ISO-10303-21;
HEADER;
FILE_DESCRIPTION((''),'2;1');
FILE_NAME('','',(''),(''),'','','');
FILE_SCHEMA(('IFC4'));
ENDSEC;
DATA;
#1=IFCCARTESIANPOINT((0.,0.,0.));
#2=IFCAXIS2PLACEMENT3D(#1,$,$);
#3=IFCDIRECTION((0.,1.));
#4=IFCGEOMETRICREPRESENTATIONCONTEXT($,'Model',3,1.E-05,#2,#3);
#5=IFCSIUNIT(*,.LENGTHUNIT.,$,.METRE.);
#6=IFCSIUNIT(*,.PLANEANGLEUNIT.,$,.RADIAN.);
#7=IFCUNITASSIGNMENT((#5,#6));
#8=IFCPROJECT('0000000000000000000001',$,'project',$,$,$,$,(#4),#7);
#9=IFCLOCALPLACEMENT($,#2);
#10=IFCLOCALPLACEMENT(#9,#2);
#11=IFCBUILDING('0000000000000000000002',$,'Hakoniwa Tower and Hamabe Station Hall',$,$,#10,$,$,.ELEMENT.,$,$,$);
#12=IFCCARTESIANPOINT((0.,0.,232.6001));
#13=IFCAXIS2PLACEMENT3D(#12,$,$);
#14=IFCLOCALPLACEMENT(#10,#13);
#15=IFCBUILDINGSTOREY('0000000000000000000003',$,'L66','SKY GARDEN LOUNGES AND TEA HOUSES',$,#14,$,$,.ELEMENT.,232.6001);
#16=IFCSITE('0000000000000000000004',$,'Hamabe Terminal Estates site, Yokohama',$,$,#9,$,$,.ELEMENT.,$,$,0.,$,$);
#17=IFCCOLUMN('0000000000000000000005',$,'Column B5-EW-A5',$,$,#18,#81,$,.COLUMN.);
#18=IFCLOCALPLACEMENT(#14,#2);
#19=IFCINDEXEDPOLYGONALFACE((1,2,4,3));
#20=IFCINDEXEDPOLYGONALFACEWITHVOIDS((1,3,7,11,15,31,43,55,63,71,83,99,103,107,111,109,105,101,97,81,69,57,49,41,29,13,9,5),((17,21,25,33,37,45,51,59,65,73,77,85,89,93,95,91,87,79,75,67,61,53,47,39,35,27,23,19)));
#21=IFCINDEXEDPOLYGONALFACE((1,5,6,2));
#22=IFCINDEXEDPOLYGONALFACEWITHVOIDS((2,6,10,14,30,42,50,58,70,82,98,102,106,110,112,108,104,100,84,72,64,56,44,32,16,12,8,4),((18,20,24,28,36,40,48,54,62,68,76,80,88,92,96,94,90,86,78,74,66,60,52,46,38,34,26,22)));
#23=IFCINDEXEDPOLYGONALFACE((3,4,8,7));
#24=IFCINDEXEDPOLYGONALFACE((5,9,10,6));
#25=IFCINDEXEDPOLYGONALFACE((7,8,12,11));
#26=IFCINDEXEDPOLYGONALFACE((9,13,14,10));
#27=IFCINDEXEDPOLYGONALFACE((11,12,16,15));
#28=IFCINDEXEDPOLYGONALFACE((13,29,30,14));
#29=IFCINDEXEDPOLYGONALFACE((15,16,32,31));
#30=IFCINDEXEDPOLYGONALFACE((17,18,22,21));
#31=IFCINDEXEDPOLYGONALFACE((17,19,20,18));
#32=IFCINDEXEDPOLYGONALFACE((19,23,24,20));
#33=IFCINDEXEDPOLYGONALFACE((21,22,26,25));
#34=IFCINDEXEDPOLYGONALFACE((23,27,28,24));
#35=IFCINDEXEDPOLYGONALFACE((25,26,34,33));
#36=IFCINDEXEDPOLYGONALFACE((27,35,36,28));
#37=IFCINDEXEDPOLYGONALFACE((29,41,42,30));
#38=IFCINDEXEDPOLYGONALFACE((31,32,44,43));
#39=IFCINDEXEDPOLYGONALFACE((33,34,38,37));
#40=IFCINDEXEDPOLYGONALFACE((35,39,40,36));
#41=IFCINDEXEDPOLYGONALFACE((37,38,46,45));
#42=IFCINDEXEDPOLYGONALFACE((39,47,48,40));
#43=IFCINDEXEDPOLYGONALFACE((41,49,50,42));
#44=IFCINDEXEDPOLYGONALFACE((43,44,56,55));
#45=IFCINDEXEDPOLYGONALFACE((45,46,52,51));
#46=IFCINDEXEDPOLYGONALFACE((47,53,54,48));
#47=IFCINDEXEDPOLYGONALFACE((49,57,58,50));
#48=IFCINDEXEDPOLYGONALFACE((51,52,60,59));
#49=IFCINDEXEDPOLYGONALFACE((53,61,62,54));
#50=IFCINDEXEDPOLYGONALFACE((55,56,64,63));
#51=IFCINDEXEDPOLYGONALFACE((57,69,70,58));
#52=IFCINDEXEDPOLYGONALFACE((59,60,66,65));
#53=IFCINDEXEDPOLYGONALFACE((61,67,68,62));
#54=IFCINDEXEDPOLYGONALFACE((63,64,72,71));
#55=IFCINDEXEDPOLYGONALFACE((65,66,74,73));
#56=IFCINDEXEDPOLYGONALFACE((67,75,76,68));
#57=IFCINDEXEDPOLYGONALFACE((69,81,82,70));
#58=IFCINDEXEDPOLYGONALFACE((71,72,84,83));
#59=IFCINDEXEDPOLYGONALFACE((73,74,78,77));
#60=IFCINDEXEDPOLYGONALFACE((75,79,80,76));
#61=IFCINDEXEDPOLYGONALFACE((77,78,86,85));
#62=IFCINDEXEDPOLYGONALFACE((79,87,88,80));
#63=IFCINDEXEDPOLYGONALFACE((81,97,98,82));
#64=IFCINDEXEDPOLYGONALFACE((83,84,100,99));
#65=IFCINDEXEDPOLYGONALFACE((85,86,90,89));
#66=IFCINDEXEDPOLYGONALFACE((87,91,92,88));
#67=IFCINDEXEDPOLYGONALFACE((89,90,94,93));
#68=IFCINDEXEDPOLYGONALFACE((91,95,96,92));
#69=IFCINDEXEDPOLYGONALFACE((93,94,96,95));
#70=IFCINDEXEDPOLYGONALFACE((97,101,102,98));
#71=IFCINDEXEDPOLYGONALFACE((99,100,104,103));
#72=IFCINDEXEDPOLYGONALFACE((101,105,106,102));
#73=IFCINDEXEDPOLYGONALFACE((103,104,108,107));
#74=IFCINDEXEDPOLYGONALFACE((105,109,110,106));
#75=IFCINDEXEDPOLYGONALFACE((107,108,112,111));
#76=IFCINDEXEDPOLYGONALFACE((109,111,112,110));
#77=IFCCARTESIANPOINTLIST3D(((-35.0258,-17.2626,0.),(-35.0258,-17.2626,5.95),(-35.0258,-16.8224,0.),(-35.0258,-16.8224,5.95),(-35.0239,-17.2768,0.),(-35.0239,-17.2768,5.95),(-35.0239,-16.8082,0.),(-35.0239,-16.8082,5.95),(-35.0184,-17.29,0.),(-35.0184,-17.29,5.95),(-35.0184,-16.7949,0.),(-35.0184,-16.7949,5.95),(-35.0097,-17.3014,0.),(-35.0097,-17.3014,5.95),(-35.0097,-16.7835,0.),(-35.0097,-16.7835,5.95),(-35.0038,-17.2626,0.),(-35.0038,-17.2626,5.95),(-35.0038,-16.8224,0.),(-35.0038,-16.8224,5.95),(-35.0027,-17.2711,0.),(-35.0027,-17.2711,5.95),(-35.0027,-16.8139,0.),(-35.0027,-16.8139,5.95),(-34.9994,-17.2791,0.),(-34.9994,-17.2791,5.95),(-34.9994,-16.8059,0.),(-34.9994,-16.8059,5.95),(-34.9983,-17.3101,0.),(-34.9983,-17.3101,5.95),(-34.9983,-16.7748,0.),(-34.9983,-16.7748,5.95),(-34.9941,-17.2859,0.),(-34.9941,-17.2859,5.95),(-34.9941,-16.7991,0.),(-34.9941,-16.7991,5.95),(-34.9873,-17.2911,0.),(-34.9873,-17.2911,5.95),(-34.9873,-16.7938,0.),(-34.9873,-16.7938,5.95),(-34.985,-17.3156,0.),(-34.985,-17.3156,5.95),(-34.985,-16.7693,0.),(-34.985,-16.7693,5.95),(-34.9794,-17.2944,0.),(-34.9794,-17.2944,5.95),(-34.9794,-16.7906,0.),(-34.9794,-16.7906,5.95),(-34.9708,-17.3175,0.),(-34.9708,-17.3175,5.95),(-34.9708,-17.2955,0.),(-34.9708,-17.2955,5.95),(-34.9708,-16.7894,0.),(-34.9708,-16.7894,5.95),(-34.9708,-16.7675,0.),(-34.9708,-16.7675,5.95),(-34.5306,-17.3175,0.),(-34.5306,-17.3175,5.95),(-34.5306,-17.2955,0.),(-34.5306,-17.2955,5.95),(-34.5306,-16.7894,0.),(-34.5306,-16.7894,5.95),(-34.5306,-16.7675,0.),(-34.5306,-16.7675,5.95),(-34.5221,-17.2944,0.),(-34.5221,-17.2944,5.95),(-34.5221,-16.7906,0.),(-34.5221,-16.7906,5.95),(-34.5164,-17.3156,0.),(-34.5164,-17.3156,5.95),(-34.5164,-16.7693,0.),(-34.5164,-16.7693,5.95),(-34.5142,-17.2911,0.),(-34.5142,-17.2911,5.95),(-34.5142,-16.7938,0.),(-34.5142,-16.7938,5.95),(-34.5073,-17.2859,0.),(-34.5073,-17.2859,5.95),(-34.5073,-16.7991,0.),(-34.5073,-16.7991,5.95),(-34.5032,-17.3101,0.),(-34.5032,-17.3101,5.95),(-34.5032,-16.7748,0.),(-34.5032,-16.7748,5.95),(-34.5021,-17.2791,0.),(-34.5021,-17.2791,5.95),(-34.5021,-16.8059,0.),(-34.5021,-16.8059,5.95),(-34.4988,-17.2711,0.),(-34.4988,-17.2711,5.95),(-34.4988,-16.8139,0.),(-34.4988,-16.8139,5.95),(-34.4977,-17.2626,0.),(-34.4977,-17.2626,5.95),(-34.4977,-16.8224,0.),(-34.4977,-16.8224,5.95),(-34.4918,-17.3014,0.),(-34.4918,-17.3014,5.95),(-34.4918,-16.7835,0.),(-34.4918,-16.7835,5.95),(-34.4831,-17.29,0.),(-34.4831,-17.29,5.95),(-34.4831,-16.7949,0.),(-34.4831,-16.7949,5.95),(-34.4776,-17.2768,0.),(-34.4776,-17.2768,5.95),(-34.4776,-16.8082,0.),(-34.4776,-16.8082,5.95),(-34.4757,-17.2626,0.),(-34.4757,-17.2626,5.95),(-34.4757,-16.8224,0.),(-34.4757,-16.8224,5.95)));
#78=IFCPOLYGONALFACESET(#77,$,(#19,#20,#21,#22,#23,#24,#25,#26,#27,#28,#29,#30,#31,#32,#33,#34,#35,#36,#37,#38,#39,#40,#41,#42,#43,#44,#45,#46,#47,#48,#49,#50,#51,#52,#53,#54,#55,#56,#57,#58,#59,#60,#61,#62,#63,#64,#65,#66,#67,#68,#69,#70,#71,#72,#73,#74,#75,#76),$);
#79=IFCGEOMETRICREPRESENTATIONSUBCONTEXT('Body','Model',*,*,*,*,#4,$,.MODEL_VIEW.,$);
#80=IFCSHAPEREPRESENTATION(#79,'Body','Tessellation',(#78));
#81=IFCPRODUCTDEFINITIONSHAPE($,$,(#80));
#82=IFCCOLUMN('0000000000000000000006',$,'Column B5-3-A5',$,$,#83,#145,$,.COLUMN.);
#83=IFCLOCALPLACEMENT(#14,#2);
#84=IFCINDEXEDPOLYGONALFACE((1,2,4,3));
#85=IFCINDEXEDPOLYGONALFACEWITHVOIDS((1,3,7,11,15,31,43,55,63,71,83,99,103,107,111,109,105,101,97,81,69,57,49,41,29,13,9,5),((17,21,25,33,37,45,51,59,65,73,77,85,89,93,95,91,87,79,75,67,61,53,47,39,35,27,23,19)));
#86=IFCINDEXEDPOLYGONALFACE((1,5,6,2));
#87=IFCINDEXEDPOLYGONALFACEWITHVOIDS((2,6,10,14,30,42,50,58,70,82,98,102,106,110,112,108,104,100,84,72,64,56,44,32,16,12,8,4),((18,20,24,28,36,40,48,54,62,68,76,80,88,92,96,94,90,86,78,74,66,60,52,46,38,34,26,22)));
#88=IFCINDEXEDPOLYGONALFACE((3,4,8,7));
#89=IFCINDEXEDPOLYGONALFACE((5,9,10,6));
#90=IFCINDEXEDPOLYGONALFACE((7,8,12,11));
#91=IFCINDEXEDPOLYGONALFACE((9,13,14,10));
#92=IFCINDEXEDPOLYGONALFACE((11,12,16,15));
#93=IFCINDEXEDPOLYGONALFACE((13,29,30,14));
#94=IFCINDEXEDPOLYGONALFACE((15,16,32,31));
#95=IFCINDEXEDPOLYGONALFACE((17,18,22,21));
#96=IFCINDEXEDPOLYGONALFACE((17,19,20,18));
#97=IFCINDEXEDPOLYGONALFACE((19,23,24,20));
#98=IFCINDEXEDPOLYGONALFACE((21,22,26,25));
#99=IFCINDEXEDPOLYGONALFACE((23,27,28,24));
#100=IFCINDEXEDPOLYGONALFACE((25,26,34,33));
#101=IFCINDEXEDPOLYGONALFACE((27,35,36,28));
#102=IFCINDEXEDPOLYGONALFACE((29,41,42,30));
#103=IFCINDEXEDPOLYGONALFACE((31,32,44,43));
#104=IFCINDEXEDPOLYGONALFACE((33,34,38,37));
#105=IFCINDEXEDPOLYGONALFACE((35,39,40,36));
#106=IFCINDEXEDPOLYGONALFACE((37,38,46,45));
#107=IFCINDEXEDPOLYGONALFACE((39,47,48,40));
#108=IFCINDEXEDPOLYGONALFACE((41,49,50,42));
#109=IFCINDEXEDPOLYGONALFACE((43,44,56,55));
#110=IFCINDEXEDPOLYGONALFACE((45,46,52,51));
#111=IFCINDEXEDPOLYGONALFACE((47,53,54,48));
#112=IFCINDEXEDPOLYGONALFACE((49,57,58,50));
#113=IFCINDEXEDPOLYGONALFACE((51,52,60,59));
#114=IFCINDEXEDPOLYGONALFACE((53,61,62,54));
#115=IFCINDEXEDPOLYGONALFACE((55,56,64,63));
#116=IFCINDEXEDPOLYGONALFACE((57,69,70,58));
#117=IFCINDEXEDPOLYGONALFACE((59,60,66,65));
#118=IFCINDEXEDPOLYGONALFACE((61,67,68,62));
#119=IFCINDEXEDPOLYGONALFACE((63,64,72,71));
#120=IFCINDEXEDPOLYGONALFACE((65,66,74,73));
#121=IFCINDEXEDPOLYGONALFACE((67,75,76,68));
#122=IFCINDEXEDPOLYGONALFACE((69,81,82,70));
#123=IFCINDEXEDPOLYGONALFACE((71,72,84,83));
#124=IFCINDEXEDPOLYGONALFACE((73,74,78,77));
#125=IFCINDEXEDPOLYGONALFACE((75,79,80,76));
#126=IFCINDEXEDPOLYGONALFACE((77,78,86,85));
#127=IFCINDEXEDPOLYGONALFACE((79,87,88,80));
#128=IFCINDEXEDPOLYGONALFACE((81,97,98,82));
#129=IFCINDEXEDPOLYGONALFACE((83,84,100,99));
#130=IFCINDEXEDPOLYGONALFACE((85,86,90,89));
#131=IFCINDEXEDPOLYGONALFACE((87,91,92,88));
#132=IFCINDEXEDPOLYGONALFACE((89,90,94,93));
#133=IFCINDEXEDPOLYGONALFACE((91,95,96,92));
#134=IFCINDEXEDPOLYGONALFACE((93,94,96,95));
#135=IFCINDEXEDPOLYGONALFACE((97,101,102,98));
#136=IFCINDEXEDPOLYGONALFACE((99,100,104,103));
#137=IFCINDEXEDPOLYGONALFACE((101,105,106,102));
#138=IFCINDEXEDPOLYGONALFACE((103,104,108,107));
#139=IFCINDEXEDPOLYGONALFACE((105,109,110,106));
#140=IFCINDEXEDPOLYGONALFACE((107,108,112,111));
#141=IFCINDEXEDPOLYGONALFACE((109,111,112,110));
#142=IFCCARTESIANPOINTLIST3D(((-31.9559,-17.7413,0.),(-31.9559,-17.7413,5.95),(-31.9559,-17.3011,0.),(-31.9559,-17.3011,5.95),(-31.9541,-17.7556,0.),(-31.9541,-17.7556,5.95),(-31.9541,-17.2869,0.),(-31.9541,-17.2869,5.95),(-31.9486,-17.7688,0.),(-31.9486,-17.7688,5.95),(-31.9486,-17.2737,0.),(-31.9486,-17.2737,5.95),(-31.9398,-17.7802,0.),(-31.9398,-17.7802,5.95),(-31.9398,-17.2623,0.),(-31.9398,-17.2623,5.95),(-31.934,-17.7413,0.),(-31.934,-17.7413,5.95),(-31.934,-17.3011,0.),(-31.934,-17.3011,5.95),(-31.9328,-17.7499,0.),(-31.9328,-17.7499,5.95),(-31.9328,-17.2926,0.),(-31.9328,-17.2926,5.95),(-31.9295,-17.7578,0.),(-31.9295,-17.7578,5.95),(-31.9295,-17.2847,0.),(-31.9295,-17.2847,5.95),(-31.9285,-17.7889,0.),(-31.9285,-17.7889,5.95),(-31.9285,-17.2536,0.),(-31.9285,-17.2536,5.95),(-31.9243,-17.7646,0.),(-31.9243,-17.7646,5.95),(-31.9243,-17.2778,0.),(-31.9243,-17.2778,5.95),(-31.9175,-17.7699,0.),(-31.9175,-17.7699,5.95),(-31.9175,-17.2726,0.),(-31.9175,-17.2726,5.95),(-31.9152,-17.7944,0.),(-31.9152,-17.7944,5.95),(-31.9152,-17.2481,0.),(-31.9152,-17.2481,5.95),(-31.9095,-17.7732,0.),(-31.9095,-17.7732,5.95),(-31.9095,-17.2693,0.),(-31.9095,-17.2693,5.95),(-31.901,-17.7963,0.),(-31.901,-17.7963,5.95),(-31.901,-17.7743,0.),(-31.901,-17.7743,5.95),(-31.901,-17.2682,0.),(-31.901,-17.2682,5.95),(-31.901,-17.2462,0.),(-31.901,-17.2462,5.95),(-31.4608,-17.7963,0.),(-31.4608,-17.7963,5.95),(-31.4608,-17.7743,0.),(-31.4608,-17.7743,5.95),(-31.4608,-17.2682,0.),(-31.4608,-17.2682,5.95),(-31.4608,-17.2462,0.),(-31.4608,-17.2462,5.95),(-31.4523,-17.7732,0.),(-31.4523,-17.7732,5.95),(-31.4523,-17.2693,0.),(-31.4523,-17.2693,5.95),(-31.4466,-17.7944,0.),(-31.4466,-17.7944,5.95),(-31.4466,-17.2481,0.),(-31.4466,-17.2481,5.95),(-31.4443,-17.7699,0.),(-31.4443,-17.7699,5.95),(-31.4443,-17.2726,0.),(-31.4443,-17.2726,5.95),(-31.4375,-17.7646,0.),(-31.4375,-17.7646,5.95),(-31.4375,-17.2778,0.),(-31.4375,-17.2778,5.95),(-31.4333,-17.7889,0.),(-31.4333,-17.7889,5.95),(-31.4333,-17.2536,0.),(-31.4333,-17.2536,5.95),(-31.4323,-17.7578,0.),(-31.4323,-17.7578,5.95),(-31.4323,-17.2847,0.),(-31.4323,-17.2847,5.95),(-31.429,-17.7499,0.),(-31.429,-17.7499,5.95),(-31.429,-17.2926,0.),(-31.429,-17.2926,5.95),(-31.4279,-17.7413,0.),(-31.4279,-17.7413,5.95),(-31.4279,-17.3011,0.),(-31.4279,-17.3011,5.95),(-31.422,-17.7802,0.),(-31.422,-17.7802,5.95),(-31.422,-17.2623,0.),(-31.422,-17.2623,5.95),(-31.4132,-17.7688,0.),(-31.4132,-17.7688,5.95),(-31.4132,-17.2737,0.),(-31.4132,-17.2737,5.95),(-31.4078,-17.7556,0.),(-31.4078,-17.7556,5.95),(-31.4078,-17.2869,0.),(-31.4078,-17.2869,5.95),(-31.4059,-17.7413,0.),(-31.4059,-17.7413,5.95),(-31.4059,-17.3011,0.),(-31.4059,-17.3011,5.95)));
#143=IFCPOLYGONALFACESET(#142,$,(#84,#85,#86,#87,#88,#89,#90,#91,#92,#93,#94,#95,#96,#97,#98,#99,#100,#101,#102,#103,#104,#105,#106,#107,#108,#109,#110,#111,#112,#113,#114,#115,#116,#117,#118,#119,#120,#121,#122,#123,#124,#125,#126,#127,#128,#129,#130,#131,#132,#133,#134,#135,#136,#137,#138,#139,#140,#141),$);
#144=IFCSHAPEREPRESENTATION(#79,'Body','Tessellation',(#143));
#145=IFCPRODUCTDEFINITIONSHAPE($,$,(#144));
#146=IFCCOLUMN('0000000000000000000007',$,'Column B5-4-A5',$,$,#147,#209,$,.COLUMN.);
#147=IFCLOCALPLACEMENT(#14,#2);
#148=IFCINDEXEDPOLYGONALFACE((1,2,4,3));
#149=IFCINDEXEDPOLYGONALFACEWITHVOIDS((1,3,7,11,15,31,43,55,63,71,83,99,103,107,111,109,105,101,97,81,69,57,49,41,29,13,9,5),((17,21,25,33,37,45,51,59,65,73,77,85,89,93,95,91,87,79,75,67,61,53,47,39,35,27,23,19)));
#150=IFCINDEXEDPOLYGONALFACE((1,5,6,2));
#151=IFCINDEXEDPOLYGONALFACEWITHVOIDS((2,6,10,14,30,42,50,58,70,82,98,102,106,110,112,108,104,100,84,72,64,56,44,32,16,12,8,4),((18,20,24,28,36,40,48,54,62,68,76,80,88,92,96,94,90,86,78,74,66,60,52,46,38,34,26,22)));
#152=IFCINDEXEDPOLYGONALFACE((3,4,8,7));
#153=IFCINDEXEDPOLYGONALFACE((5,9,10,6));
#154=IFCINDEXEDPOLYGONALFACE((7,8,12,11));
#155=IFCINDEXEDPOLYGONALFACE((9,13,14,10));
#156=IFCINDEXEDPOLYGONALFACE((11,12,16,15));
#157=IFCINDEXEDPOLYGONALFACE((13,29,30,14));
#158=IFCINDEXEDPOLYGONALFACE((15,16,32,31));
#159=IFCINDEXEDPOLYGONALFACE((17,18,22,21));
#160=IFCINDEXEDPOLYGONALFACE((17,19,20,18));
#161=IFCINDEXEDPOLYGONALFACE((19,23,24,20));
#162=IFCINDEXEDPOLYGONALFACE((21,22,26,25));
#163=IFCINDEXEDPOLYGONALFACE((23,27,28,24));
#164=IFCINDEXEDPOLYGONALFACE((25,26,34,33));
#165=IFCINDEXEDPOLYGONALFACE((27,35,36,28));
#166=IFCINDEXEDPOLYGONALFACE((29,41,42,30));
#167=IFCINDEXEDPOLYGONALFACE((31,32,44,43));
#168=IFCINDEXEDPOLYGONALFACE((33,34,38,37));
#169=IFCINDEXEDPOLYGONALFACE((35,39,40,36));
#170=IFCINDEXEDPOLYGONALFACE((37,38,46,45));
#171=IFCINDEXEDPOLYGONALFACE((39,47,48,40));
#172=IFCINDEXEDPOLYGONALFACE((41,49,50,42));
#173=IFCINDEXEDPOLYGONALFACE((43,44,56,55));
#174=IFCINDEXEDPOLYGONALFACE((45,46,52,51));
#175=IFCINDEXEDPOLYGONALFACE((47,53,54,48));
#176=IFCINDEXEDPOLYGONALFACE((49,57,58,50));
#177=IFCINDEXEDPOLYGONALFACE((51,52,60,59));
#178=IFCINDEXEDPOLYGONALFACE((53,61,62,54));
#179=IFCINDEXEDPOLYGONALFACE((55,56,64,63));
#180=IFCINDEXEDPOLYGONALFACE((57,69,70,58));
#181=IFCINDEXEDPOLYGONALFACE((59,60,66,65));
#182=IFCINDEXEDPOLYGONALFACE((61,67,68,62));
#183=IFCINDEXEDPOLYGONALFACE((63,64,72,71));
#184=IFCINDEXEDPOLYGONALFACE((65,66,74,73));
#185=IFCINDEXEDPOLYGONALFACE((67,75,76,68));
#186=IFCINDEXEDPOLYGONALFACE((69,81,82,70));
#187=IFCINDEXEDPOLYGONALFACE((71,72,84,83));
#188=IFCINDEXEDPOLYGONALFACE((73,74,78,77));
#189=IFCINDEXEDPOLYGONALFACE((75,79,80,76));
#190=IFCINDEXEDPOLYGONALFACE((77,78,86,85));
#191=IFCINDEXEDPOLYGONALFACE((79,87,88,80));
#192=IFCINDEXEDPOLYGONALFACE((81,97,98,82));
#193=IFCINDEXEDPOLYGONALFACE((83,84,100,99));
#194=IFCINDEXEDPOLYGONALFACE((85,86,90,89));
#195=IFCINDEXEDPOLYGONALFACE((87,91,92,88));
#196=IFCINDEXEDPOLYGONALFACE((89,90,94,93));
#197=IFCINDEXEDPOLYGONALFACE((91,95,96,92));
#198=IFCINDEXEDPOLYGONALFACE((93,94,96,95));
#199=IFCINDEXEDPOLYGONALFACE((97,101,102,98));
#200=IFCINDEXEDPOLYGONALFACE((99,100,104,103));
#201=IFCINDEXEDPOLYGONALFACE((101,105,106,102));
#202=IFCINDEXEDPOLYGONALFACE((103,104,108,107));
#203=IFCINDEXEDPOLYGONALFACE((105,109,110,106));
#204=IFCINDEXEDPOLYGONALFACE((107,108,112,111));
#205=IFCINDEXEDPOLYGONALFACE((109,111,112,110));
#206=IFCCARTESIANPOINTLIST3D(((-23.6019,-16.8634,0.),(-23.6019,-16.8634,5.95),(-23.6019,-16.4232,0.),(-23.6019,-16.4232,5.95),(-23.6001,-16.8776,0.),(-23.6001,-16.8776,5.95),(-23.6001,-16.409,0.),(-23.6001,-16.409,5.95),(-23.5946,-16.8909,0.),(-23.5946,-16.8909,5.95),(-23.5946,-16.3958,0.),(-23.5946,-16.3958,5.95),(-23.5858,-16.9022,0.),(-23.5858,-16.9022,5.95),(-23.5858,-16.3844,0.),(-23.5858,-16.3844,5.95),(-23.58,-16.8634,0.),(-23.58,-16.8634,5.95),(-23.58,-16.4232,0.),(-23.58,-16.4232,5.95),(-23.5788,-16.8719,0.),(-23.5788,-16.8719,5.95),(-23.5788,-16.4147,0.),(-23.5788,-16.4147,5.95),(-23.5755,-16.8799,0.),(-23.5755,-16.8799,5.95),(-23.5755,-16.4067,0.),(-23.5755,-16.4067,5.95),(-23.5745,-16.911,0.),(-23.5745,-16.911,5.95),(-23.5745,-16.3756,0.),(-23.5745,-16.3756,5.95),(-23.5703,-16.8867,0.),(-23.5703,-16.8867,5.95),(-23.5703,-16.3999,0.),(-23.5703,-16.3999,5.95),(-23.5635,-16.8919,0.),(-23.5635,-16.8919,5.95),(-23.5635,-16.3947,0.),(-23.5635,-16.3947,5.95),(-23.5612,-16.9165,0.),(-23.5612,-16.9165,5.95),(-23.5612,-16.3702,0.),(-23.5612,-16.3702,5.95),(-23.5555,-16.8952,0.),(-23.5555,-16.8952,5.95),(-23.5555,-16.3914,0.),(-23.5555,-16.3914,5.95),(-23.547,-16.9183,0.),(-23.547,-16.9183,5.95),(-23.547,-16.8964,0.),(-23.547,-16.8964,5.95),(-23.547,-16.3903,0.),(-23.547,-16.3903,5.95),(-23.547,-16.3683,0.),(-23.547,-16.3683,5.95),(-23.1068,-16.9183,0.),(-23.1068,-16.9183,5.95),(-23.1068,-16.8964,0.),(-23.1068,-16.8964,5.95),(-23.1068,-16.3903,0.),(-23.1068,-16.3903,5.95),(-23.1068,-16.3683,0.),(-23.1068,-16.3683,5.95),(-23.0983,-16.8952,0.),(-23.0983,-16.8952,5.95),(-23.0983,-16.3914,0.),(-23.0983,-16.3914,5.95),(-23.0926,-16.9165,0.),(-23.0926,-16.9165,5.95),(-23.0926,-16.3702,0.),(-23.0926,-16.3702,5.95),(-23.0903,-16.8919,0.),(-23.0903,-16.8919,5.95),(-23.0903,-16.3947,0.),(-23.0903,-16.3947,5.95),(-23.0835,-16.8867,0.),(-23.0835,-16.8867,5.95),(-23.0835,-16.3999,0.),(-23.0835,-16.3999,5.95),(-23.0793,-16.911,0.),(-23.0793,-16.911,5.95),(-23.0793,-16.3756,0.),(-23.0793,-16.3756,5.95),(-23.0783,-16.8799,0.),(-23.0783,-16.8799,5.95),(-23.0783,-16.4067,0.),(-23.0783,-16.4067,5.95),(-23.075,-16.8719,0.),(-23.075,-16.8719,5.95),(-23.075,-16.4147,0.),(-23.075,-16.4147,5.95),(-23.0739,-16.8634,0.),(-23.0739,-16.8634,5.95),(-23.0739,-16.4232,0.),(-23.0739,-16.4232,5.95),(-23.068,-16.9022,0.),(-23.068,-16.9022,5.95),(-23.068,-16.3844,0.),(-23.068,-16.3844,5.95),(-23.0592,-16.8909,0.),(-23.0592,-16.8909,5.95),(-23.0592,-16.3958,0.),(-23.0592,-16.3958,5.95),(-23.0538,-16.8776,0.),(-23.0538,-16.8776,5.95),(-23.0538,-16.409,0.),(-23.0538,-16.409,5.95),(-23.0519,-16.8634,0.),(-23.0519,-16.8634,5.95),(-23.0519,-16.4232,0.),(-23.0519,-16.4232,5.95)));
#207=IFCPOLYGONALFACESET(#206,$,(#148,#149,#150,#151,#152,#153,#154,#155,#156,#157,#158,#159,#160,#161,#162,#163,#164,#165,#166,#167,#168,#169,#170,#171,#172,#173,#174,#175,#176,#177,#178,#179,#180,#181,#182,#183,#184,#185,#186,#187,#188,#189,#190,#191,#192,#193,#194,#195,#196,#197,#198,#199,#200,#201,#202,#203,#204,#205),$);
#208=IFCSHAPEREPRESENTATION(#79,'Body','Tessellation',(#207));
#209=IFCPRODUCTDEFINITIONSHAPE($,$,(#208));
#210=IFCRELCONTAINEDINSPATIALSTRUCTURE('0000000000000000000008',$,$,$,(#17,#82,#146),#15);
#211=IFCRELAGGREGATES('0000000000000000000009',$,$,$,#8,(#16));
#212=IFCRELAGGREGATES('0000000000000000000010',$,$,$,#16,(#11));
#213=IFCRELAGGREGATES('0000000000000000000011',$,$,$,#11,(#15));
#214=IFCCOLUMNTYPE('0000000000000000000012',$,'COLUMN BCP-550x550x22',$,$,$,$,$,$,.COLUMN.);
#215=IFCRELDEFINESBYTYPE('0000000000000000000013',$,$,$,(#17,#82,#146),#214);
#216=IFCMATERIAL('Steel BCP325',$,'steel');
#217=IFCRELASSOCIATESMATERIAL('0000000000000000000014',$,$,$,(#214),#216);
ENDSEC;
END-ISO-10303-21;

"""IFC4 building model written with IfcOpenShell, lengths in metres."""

from ifc_helpers import new_model, si_unit, direction, frame, origin, origin_2d, place, context, subcontext, project, spatial, hollow_rectangle, extrude, material, material_profile, profile_set, type_object, element, save


model = new_model("IFC4")

# Units and contexts
model_context = context("Model", 3, precision=1e-05, world=origin(), true_north=direction((0.0, 1.0)))
body_context = subcontext(model_context, "Body", "Model", "MODEL_VIEW")
ifc_project = project(units=[si_unit("LENGTHUNIT", "METRE"), si_unit("PLANEANGLEUNIT", "RADIAN")], contexts=[model_context])

# Site, building, storey
site_placement = place(None, origin())
site = spatial("IfcSite", under=ifc_project, at=site_placement, Name="Hamabe Terminal Estates site, Yokohama", CompositionType="ELEMENT", RefElevation=0.0)
building_placement = place(site_placement, origin())
building = spatial("IfcBuilding", under=site, at=building_placement, Name="Hakoniwa Tower and Hamabe Station Hall", CompositionType="ELEMENT")
storey_placement = place(building_placement, frame((0.0, 0.0, 232.6001)))
storey = spatial("IfcBuildingStorey", under=building, at=storey_placement, Name="L66", Description="SKY GARDEN LOUNGES AND TEA HOUSES", CompositionType="ELEMENT", Elevation=232.6001)

# Columns
ifc_material_1 = material(Name="Steel BCP325", Category="steel")
ifc_material_profile_1 = material_profile(ifc_material_1, hollow_rectangle(XDim=0.55, YDim=0.55, WallThickness=0.022, InnerFilletRadius=0.033, OuterFilletRadius=0.0549, at=origin_2d()), Name="BCP-550x550x22")
ifc_profile_set_1 = profile_set([ifc_material_profile_1], Name="Steel BCP325")
column_type = type_object("IfcColumnType", Name="COLUMN BCP-550x550x22", PredefinedType="COLUMN", material=ifc_profile_set_1)
for number, where, z_axis, x_axis, name in (
    (1, (-34.7507, -17.0425, 0.0), (0.0, 0.0, 1.0), (1.0, 0.0, 0.0), "Column B5-EW-A5"),
    (2, (-31.6809, -17.5212, 0.0), (0.0, 0.0, 1.0), (1.0, 0.0, 0.0), "Column B5-3-A5"),
    (3, (-23.3269, -16.6433, 0.0), (0.0, 0.0, 1.0), (1.0, 0.0, 0.0), "Column B5-4-A5"),
):
    element("IfcColumn", number, at=place(storey_placement, frame(where, z_axis=z_axis, x_axis=x_axis)), inside=storey, type_object=column_type, Name=name, PredefinedType="COLUMN", context=body_context, shape_type="SweptSolid", body=[
        extrude(hollow_rectangle(XDim=0.55, YDim=0.55, WallThickness=0.022, InnerFilletRadius=0.033, OuterFilletRadius=0.0549, at=origin_2d()), origin(), (0.0, 0.0, 1.0), 5.95),
    ])

save(model, "model.ifc")
